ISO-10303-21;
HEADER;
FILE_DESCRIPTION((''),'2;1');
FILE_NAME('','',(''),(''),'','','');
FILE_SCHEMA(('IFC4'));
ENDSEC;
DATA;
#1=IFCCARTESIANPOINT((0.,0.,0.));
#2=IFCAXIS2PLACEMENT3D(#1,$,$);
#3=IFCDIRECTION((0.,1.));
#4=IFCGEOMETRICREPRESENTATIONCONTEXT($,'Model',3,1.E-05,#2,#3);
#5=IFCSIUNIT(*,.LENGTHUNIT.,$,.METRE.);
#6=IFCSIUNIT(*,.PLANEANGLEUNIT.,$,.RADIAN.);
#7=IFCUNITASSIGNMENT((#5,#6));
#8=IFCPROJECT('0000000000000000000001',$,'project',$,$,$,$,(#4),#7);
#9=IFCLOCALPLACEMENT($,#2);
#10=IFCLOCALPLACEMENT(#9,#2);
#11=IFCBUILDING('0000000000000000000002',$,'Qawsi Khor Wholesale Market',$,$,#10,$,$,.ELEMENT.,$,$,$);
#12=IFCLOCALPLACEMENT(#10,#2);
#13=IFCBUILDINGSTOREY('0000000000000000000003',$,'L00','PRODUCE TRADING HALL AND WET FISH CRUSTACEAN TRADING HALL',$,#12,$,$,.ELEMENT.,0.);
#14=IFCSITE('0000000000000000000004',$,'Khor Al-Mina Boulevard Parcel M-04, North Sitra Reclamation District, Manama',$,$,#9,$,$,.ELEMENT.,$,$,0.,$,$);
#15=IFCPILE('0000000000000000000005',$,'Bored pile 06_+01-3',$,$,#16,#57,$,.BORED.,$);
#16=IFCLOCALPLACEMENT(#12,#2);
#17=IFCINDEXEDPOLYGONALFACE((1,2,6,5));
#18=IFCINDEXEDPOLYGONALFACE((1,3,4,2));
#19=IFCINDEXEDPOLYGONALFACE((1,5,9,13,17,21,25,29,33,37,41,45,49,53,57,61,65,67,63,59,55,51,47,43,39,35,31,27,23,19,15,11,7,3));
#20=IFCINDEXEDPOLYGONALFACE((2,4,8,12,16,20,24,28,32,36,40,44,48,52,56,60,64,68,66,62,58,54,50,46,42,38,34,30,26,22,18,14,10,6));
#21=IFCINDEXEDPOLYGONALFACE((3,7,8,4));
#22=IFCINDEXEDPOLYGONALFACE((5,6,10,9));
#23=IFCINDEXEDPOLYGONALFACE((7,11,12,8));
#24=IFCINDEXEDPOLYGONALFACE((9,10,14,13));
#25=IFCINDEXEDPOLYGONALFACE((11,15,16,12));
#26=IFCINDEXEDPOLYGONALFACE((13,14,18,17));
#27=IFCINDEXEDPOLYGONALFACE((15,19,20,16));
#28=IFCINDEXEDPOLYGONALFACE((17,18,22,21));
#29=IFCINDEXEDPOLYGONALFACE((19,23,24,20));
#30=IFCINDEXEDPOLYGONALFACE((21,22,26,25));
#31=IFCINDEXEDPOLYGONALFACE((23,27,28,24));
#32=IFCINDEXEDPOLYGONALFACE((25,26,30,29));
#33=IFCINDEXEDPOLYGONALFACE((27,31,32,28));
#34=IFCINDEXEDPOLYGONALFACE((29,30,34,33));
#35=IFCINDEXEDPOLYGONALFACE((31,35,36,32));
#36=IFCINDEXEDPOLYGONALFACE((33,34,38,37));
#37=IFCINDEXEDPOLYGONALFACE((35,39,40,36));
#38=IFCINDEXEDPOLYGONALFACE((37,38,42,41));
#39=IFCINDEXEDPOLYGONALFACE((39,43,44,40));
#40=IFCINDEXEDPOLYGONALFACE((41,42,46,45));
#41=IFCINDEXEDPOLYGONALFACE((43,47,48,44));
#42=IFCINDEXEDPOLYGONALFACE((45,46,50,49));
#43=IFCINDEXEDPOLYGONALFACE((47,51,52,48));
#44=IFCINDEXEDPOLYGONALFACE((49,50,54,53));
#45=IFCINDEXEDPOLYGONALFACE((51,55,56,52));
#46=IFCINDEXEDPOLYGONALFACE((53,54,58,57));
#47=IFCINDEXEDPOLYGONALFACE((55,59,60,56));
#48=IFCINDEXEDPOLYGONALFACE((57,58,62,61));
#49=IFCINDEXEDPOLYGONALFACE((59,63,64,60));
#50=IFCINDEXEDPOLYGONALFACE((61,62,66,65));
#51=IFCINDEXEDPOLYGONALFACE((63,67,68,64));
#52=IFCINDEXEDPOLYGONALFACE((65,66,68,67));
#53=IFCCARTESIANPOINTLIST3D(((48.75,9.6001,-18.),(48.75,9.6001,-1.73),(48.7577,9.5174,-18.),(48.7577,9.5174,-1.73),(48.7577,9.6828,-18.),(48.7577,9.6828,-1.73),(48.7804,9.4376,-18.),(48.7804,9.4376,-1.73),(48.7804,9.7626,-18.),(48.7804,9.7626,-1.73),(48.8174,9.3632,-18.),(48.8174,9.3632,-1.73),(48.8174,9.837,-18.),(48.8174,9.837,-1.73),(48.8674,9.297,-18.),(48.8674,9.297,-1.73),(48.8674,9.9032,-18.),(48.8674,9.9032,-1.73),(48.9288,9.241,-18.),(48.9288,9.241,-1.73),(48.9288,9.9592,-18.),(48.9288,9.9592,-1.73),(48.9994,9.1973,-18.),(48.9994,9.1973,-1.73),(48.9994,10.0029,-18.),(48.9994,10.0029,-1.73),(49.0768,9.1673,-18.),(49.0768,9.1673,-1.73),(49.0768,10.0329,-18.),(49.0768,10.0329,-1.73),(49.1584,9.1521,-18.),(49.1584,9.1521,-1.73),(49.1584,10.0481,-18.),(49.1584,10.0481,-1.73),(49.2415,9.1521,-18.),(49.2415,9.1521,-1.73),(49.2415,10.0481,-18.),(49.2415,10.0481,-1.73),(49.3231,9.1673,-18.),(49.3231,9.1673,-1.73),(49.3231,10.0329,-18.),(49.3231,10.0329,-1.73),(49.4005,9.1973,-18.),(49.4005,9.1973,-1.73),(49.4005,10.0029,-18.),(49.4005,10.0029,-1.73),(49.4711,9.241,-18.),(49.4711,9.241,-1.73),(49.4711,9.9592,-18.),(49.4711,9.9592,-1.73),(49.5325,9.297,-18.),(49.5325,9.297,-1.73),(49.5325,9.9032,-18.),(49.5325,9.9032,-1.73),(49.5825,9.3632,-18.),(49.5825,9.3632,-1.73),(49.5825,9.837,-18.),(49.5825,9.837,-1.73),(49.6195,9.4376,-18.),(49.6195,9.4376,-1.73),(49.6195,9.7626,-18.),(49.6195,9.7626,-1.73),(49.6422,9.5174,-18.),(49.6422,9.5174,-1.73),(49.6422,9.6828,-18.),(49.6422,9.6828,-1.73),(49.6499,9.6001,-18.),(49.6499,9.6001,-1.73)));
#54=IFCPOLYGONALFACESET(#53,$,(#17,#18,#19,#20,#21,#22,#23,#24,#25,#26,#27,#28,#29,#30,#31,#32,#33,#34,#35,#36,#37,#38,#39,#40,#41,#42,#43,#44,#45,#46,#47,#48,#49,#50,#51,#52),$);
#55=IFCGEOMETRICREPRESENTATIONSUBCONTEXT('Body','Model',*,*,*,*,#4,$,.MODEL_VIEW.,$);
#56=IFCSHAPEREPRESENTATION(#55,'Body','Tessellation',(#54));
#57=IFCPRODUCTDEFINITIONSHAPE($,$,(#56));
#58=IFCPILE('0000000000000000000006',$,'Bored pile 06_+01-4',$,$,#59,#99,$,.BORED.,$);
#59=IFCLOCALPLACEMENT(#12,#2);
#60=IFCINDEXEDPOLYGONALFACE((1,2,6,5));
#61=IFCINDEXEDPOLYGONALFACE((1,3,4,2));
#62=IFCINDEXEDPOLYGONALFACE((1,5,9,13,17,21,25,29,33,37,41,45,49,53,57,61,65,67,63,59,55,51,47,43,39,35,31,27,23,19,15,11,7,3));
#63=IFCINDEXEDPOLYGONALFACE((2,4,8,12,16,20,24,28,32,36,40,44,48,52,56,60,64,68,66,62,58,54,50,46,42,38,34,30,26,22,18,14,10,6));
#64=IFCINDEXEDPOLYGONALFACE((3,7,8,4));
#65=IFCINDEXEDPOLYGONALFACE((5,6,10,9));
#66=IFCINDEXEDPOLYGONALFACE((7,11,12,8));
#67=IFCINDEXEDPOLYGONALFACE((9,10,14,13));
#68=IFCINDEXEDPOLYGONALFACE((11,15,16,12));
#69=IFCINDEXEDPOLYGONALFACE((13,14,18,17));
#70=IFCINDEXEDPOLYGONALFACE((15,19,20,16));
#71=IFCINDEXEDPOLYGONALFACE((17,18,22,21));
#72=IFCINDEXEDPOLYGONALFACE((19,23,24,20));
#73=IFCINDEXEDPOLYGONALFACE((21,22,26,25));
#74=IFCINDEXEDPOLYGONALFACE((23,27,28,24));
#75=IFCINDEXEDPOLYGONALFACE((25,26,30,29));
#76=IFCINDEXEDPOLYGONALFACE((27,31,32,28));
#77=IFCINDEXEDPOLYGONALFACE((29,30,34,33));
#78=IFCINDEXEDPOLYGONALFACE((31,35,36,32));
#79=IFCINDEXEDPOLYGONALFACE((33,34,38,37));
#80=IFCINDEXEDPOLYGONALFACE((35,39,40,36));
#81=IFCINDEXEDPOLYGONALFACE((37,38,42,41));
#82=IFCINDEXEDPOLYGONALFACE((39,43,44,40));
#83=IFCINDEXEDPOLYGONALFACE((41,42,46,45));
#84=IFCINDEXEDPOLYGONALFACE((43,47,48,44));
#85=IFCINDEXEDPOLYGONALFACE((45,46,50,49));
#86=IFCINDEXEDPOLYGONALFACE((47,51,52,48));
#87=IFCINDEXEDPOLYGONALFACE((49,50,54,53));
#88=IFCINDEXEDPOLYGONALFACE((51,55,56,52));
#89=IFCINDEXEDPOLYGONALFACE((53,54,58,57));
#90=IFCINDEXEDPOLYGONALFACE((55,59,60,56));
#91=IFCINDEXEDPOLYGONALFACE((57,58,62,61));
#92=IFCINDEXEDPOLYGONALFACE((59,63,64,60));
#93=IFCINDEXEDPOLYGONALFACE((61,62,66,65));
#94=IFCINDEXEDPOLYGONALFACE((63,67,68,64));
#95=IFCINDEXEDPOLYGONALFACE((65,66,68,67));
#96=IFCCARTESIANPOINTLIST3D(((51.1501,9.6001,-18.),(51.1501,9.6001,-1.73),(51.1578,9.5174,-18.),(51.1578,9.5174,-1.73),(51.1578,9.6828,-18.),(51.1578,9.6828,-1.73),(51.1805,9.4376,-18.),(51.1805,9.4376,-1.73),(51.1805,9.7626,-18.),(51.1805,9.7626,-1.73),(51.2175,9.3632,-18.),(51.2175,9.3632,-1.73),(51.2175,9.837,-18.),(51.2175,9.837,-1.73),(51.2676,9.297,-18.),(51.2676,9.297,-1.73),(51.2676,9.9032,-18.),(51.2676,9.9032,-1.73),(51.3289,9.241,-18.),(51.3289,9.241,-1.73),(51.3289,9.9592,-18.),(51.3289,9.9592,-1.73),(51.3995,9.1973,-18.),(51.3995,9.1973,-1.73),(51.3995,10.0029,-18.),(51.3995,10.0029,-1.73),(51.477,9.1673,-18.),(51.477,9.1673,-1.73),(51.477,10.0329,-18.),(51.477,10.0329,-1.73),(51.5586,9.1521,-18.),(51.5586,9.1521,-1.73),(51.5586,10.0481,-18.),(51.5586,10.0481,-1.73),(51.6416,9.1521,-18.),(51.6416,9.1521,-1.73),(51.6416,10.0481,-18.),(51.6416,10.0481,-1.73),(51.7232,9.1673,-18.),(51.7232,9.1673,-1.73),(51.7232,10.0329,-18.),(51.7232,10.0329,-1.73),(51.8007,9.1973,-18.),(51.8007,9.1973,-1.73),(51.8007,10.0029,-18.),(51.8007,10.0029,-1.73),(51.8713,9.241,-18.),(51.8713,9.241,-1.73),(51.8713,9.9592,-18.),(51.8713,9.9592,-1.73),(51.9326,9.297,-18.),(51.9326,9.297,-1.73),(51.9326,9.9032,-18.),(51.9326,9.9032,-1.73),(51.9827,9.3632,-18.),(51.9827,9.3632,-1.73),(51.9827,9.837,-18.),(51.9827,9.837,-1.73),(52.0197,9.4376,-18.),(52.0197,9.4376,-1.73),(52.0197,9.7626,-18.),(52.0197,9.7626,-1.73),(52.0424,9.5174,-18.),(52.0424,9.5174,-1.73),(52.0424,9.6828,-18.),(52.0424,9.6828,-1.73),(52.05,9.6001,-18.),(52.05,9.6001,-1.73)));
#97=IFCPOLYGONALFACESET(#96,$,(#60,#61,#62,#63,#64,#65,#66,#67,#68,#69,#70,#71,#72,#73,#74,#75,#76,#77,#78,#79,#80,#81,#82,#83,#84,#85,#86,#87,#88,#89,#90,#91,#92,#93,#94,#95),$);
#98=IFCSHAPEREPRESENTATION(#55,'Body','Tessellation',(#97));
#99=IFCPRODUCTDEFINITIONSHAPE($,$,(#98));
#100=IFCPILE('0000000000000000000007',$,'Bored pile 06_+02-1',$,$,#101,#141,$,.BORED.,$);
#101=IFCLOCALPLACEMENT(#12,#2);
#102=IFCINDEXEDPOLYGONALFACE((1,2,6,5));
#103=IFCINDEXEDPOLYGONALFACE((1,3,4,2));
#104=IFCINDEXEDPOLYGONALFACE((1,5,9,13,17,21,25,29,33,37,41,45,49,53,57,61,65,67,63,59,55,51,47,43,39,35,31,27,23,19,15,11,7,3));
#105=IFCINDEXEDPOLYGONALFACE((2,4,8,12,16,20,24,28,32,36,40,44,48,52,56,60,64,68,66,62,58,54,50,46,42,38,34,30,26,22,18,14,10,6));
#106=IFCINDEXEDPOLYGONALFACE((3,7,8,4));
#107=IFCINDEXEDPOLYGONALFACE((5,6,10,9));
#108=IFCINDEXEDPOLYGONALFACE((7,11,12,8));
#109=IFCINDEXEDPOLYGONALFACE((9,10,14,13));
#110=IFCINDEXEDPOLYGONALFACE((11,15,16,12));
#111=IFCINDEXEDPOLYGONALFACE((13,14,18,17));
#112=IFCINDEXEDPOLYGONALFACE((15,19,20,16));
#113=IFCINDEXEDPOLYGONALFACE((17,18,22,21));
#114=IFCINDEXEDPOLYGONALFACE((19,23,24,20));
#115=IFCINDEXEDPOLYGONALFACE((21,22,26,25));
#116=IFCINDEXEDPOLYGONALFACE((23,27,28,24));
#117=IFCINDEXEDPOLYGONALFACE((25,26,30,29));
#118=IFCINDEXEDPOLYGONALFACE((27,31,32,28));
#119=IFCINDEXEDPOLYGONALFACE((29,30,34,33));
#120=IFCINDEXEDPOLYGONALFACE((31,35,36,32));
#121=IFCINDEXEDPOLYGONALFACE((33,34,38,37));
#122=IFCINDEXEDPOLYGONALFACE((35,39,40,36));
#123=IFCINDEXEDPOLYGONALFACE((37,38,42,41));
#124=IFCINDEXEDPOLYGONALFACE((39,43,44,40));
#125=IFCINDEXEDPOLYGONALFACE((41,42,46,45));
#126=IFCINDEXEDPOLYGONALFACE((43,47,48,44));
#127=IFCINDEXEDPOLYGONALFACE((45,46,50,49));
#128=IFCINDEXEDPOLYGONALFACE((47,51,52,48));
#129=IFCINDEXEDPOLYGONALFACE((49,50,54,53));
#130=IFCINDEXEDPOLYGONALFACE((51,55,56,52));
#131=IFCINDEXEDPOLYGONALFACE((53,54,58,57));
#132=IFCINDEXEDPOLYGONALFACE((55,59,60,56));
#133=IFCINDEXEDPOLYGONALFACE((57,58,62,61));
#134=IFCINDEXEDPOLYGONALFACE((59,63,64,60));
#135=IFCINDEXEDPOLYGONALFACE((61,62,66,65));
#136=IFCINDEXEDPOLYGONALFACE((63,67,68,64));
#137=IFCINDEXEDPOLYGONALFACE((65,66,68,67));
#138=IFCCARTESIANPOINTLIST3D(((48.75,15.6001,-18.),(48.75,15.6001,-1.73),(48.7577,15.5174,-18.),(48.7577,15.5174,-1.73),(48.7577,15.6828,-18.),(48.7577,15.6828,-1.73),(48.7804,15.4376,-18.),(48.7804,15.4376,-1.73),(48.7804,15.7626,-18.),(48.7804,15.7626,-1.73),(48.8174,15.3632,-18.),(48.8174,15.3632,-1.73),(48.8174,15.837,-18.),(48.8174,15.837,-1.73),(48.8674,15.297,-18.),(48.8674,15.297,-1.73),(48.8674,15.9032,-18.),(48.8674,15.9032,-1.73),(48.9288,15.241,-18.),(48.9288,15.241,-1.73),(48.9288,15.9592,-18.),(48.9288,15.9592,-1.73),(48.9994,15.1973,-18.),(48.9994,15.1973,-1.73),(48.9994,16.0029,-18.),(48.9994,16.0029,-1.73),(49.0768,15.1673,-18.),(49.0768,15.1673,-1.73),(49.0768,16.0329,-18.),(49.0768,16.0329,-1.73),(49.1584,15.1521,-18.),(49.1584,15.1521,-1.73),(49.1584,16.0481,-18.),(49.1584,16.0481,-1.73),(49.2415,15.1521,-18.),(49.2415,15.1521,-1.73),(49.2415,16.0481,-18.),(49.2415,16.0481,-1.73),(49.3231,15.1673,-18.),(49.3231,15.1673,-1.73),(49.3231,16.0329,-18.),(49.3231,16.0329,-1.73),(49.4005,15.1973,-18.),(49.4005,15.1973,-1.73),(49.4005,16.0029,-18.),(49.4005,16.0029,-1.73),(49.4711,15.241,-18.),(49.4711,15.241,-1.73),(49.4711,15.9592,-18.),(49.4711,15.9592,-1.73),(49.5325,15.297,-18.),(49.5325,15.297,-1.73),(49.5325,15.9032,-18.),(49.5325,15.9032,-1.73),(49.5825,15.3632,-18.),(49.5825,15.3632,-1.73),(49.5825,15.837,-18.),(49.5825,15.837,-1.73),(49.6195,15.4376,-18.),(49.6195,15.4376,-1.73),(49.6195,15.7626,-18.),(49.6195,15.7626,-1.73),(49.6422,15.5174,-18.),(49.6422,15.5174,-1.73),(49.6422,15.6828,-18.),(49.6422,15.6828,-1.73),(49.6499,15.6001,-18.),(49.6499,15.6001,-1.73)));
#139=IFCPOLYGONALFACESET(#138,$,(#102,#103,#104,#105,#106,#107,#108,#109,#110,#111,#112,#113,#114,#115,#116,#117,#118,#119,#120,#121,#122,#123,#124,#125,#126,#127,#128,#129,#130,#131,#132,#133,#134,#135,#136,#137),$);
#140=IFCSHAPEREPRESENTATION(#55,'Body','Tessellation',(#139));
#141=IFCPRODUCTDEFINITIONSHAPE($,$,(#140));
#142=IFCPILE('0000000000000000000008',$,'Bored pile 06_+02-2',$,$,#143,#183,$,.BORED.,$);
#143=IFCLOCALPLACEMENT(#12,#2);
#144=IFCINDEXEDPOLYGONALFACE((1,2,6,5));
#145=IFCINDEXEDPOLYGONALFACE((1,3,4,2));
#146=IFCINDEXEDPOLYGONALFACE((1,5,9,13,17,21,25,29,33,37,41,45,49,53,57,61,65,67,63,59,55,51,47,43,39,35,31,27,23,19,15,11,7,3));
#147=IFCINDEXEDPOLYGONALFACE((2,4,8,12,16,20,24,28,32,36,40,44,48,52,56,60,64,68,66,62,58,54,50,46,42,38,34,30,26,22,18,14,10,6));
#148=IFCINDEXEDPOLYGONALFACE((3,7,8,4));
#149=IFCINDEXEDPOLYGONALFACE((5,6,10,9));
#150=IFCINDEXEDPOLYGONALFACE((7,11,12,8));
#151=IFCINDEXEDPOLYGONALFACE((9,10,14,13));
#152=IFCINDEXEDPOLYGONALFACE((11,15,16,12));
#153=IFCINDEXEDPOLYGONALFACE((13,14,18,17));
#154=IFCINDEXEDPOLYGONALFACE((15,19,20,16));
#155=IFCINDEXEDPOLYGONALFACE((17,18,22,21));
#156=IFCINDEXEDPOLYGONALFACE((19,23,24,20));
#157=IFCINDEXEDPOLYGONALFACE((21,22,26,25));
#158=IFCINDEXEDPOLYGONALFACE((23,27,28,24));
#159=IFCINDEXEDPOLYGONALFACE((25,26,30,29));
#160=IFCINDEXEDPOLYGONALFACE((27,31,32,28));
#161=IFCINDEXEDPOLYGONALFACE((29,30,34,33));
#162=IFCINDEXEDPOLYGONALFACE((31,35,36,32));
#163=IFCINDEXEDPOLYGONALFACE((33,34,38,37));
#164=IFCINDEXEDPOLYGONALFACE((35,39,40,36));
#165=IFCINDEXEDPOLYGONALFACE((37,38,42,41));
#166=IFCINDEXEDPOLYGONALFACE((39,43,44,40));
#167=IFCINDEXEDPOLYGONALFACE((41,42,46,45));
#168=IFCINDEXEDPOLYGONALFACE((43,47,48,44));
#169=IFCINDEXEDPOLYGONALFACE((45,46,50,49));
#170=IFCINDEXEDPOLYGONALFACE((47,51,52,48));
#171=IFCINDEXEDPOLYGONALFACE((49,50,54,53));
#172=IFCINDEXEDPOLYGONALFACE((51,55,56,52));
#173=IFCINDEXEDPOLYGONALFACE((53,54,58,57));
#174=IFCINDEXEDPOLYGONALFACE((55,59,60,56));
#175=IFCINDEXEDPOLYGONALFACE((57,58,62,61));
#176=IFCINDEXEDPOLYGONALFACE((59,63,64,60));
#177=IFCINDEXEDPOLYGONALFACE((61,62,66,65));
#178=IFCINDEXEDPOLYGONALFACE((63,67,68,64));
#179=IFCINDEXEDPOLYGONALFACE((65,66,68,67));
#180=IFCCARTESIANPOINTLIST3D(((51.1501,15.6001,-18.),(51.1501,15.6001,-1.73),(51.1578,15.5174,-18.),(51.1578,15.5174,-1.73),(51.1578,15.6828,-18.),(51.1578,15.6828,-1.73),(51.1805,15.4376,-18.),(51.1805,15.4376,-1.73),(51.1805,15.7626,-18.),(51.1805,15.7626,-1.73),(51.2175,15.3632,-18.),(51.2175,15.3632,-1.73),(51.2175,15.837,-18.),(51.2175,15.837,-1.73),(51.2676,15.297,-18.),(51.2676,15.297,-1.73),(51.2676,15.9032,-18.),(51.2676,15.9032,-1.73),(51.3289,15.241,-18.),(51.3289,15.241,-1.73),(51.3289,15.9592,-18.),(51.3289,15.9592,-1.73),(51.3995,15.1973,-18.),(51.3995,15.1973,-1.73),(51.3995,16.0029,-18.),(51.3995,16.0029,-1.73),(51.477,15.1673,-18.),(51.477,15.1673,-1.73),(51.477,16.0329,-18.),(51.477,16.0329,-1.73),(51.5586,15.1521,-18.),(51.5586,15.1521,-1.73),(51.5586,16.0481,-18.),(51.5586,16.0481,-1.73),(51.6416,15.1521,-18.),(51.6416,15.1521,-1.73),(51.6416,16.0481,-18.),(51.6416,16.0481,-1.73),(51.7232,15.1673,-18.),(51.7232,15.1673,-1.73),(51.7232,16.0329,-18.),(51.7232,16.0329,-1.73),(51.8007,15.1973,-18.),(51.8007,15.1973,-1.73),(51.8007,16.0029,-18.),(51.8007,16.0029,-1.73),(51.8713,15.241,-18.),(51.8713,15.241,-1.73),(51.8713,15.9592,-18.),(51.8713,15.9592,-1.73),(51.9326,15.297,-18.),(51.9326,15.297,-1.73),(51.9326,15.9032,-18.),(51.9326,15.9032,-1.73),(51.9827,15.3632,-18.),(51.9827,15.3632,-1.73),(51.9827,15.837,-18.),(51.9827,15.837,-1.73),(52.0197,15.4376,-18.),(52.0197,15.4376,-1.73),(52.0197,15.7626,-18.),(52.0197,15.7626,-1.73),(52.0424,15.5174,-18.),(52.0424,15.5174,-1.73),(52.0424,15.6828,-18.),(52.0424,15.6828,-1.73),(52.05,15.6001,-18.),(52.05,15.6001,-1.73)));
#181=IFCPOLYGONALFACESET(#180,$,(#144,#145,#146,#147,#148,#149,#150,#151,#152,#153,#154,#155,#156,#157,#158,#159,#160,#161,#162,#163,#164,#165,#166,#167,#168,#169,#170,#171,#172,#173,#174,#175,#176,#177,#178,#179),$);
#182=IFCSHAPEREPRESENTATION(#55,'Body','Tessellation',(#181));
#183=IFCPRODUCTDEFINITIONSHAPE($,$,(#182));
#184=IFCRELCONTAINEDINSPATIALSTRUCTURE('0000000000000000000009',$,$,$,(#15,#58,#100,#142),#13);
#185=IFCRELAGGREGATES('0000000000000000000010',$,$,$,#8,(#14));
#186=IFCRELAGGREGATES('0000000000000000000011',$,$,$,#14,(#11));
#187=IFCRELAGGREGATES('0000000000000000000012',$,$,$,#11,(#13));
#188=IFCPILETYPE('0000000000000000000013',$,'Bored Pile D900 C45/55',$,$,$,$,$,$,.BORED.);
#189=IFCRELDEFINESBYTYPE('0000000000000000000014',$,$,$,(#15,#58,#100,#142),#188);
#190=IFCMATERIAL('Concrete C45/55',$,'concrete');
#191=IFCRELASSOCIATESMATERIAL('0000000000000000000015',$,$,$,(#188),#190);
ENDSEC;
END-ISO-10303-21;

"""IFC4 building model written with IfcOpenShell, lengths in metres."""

from ifc_helpers import new_model, si_unit, direction, frame, origin, origin_2d, place, context, subcontext, project, spatial, circle, extrude, material, material_profile, profile_set, type_object, element, save


model = new_model("IFC4")

# Units and contexts
model_context = context("Model", 3, precision=1e-05, world=origin(), true_north=direction((0.0, 1.0)))
body_context = subcontext(model_context, "Body", "Model", "MODEL_VIEW")
ifc_project = project(units=[si_unit("LENGTHUNIT", "METRE"), si_unit("PLANEANGLEUNIT", "RADIAN")], contexts=[model_context])

# Site, building, storey
site_placement = place(None, origin())
site = spatial("IfcSite", under=ifc_project, at=site_placement, Name="Khor Al-Mina Boulevard Parcel M-04, North Sitra Reclamation District, Manama", CompositionType="ELEMENT", RefElevation=0.0)
building_placement = place(site_placement, origin())
building = spatial("IfcBuilding", under=site, at=building_placement, Name="Qawsi Khor Wholesale Market", CompositionType="ELEMENT")
storey_placement = place(building_placement, origin())
storey = spatial("IfcBuildingStorey", under=building, at=storey_placement, Name="L00", Description="PRODUCE TRADING HALL AND WET FISH CRUSTACEAN TRADING HALL", CompositionType="ELEMENT", Elevation=0.0)

# Piles
ifc_material_1 = material(Name="Concrete C45/55", Category="concrete")
ifc_material_profile_1 = material_profile(ifc_material_1, circle(Radius=0.45, at=origin_2d()), Name="PILE D900")
ifc_profile_set_1 = profile_set([ifc_material_profile_1], Name="Concrete C45/55")
pile_type = type_object("IfcPileType", Name="Bored Pile D900 C45/55", PredefinedType="BORED", material=ifc_profile_set_1)
for number, where, z_axis, x_axis, name in (
    (1, (49.2, 9.6001, -1.73), (0.0, 0.0, -1.0), (1.0, 0.0, 0.0), "Bored pile 06_+01-3"),
    (2, (51.6001, 9.6001, -1.73), (0.0, 0.0, -1.0), (1.0, 0.0, 0.0), "Bored pile 06_+01-4"),
    (3, (49.2, 15.6001, -1.73), (0.0, 0.0, -1.0), (1.0, 0.0, 0.0), "Bored pile 06_+02-1"),
    (4, (51.6001, 15.6001, -1.73), (0.0, 0.0, -1.0), (1.0, 0.0, 0.0), "Bored pile 06_+02-2"),
):
    element("IfcPile", number, at=place(storey_placement, frame(where, z_axis=z_axis, x_axis=x_axis)), inside=storey, type_object=pile_type, Name=name, PredefinedType="BORED", context=body_context, shape_type="SweptSolid", body=[
        extrude(circle(Radius=0.45, at=origin_2d()), origin(), (0.0, 0.0, 1.0), 16.27),
    ])

save(model, "model.ifc")
